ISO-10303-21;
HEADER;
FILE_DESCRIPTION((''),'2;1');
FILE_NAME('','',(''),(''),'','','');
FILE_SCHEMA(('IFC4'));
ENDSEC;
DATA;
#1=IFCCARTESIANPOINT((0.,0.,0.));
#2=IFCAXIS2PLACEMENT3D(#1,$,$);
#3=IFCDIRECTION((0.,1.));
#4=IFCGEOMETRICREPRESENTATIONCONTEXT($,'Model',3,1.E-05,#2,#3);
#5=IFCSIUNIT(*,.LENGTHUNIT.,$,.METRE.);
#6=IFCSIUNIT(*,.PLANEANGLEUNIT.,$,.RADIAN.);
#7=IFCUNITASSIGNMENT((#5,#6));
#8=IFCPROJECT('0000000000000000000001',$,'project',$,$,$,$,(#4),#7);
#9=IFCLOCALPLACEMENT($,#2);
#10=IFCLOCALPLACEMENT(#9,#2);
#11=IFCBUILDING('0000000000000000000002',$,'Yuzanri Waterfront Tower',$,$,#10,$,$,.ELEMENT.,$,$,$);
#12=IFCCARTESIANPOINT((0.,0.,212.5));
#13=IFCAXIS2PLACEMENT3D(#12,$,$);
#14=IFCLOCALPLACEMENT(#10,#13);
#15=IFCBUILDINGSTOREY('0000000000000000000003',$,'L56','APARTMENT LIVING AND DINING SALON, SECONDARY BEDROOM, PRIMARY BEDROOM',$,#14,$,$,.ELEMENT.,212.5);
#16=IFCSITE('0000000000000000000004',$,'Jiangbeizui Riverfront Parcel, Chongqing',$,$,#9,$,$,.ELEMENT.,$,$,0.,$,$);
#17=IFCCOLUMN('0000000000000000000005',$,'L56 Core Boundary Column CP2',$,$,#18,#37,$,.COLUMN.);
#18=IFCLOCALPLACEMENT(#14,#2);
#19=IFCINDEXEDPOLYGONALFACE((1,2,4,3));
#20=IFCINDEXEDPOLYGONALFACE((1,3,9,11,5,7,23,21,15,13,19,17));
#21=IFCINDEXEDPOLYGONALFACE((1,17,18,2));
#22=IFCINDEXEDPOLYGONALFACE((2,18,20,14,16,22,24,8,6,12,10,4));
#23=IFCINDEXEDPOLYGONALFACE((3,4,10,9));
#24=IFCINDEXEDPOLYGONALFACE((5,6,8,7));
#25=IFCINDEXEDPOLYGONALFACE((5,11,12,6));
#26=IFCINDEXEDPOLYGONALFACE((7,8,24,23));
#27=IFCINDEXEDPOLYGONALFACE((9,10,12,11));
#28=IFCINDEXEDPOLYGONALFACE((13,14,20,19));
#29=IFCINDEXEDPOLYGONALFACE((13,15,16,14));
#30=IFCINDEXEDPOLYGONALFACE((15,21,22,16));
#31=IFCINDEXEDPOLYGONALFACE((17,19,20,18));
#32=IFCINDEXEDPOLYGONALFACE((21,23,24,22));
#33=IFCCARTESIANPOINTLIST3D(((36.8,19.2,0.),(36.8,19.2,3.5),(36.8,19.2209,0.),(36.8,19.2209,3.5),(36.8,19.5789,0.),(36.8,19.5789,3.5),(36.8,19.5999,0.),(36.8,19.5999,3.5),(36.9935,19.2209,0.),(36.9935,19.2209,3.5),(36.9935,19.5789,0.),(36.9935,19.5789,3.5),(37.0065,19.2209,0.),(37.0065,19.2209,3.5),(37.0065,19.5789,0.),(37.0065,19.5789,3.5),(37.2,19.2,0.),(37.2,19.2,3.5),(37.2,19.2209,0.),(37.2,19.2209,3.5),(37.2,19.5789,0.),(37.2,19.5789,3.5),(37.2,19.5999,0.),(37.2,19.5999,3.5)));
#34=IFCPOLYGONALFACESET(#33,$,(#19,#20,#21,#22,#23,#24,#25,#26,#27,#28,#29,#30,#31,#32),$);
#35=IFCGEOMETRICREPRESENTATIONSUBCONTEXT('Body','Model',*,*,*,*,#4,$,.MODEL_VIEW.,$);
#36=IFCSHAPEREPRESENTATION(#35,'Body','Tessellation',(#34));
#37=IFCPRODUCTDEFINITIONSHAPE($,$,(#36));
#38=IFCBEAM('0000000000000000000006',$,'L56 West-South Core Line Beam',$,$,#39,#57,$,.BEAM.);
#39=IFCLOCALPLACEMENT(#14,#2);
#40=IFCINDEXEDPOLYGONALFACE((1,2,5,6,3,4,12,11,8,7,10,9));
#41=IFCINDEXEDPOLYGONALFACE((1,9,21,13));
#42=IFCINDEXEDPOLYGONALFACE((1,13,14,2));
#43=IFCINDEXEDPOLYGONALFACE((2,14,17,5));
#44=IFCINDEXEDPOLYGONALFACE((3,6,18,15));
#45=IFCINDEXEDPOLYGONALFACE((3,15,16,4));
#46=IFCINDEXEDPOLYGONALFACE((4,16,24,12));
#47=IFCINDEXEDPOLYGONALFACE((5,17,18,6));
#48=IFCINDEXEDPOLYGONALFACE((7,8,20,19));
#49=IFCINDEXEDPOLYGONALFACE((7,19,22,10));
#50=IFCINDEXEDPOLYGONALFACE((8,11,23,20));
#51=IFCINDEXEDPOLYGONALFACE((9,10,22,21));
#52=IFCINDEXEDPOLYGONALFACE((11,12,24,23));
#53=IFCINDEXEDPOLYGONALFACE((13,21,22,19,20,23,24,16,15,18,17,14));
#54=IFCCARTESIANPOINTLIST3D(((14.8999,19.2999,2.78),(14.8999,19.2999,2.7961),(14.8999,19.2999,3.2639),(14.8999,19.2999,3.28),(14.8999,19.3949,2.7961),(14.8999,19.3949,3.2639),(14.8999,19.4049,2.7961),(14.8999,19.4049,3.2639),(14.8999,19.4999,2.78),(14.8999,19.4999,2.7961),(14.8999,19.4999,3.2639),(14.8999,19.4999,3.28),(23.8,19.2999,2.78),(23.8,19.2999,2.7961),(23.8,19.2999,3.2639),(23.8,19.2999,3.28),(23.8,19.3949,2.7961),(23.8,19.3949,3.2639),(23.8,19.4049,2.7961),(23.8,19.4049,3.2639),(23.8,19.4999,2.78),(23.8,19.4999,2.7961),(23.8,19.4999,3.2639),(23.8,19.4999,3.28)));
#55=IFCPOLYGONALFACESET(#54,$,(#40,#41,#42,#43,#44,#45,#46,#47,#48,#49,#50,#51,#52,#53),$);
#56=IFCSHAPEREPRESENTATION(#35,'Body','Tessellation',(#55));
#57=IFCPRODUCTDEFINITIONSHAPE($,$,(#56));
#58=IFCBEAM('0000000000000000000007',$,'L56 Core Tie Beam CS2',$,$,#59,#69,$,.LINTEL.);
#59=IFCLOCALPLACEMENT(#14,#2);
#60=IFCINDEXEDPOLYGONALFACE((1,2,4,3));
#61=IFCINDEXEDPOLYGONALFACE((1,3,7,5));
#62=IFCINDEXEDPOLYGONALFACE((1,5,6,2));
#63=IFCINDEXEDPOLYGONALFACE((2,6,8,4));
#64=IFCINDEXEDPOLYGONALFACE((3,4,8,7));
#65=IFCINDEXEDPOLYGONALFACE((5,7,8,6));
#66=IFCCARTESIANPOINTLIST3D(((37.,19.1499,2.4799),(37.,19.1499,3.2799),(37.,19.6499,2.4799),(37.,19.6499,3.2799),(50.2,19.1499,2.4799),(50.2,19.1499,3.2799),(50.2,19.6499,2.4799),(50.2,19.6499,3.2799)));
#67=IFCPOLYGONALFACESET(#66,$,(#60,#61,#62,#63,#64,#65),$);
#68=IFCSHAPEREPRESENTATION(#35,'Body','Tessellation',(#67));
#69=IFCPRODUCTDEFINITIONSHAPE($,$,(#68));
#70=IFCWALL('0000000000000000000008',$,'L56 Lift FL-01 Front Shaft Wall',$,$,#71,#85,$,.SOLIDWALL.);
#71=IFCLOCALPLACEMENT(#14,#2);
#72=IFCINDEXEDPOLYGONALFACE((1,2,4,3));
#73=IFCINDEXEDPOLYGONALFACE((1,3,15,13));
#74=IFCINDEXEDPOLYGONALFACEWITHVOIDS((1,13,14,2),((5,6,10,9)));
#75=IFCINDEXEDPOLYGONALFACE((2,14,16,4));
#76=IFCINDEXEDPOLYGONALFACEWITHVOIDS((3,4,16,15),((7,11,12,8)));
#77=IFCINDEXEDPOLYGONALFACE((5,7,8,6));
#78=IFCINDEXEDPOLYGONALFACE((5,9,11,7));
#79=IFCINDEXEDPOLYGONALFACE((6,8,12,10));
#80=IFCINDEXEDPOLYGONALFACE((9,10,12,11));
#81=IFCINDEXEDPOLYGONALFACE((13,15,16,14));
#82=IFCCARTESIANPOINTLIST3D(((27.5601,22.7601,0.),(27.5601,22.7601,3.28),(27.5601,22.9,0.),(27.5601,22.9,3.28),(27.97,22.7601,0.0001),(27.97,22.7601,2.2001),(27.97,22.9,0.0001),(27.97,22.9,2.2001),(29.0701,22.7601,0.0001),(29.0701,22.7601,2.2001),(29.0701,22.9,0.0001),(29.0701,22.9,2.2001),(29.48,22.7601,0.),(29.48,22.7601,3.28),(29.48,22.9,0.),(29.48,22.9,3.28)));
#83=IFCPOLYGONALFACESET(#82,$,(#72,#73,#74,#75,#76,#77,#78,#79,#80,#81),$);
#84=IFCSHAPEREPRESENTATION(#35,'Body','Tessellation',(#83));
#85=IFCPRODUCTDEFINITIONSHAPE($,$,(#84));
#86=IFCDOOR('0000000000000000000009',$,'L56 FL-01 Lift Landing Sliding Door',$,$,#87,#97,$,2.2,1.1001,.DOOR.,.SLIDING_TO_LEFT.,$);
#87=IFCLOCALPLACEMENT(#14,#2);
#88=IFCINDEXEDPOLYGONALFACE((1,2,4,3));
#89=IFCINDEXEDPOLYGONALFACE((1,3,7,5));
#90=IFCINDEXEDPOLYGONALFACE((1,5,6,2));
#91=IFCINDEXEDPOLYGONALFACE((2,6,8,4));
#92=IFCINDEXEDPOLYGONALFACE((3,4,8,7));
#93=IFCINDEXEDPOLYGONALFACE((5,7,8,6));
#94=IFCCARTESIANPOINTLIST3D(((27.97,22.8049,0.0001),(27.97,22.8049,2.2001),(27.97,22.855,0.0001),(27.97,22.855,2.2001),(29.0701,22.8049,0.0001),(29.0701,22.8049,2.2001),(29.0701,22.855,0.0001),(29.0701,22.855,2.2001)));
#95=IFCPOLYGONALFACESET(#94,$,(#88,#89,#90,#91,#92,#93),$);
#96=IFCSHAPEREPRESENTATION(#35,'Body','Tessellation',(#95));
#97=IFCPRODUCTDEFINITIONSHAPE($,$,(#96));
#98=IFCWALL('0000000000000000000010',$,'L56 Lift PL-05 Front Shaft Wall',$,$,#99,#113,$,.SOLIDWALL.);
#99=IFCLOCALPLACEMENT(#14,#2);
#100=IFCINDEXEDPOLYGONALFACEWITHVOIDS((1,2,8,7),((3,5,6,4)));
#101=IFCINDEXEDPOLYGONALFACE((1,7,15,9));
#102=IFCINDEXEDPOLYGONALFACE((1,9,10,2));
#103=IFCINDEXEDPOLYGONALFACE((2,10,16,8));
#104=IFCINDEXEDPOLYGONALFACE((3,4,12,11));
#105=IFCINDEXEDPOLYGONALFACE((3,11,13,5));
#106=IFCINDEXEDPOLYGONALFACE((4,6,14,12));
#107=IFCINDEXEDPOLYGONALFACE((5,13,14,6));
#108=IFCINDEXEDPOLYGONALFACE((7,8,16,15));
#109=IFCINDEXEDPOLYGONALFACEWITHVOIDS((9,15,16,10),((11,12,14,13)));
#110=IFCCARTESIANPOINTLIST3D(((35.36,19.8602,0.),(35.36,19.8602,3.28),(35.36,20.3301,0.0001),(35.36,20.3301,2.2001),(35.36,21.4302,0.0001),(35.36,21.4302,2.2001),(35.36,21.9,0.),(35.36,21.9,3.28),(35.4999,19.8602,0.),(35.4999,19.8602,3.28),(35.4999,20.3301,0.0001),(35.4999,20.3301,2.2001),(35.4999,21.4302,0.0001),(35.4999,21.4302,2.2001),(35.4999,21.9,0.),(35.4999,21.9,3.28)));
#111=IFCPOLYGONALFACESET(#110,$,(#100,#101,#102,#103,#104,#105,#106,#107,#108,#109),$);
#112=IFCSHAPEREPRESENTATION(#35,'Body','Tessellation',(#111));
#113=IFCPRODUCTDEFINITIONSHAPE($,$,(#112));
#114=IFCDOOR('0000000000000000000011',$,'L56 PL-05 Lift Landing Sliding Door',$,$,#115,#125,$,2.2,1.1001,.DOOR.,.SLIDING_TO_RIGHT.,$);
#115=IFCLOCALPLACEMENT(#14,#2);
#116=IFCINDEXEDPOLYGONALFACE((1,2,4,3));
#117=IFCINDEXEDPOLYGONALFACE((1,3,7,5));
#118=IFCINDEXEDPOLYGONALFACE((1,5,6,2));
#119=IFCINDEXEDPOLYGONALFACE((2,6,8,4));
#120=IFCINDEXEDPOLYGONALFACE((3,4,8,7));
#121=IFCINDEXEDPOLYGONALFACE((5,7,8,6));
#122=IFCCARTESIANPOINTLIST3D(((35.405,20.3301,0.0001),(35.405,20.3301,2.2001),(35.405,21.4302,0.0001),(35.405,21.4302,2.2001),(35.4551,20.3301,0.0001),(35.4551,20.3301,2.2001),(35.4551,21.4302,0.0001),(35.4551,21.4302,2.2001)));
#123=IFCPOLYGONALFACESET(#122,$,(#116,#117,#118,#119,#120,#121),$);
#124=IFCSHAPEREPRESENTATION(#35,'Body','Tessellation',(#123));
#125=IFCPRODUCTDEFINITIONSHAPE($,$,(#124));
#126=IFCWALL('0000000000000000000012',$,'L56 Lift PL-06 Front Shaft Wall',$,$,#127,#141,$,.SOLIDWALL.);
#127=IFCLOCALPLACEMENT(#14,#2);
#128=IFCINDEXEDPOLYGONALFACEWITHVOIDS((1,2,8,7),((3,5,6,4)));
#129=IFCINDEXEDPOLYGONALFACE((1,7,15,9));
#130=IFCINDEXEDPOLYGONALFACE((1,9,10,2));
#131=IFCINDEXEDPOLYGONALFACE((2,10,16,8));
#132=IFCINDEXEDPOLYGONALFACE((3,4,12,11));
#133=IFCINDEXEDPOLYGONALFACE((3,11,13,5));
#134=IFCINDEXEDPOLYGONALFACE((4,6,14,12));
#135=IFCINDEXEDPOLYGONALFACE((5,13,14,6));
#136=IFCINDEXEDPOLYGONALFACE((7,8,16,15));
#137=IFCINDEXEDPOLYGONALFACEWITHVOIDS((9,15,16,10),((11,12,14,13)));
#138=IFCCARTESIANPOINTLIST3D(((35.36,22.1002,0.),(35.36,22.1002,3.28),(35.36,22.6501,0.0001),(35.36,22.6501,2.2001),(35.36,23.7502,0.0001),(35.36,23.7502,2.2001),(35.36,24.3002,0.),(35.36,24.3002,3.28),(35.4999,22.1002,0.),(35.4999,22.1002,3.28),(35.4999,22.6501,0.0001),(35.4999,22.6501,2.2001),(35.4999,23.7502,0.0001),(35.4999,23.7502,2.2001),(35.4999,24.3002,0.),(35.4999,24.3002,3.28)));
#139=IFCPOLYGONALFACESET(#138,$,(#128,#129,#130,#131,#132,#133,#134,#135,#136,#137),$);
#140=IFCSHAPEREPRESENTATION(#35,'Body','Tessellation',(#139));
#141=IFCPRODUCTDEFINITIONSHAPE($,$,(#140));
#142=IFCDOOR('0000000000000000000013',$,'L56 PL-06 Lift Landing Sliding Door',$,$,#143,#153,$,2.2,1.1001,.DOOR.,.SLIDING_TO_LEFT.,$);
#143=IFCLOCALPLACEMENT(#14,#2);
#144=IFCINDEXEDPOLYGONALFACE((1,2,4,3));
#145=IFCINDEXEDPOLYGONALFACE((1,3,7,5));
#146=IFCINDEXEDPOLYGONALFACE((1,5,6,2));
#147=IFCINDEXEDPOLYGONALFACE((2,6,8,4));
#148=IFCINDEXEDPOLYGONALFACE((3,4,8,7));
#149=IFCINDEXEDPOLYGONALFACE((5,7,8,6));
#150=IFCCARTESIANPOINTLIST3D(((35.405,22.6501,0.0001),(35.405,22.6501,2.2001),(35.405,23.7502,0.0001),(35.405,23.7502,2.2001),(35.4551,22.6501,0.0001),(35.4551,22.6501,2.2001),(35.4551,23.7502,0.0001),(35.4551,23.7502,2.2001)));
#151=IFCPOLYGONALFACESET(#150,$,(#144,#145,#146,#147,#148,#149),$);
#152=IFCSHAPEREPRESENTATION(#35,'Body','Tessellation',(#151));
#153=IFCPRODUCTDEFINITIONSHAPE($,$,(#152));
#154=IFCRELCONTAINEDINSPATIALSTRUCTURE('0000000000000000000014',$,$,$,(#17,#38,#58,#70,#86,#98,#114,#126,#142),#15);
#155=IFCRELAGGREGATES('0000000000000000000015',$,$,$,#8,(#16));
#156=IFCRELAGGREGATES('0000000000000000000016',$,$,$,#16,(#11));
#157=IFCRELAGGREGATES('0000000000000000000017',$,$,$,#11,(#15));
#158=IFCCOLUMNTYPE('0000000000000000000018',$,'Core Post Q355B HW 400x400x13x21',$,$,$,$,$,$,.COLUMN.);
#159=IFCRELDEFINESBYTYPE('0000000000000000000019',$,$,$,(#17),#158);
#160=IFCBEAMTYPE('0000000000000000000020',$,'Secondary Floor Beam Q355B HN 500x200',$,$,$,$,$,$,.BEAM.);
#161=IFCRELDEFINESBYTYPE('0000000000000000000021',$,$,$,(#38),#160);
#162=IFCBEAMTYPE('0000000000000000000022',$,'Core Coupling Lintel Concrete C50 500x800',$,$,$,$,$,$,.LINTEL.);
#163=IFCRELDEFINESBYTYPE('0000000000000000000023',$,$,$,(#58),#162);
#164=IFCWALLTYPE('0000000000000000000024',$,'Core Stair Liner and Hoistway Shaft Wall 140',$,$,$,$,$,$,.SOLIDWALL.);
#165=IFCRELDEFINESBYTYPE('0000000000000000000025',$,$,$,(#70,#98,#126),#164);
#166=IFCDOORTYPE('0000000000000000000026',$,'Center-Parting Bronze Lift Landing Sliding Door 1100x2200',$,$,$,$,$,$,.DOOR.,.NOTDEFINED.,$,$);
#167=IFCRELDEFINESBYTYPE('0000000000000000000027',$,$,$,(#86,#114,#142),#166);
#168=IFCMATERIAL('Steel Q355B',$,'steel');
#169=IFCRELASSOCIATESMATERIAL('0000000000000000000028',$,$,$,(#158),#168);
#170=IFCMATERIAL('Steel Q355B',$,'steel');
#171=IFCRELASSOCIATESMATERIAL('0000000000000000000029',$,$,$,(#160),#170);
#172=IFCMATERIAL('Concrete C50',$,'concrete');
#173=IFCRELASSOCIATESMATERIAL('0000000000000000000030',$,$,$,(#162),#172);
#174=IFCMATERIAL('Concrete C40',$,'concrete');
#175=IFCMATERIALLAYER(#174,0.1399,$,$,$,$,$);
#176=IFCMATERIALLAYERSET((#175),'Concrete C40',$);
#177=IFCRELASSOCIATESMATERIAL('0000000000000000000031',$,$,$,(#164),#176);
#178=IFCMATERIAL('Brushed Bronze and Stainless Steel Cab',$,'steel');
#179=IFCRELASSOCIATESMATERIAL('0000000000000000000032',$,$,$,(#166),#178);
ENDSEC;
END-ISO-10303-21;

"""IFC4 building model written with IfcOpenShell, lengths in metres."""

from ifc_helpers import new_model, si_unit, direction, frame, frame_2d, origin, origin_2d, place, context, subcontext, project, spatial, rectangle, i_section, extrude, source, transform, mapped, material, layer, layer_set, material_profile, profile_set, type_object, element, fill, save


model = new_model("IFC4")

# Units and contexts
model_context = context("Model", 3, precision=1e-05, world=origin(), true_north=direction((0.0, 1.0)))
body_context = subcontext(model_context, "Body", "Model", "MODEL_VIEW")
ifc_project = project(units=[si_unit("LENGTHUNIT", "METRE"), si_unit("PLANEANGLEUNIT", "RADIAN")], contexts=[model_context])

# Site, building, storey
site_placement = place(None, origin())
site = spatial("IfcSite", under=ifc_project, at=site_placement, Name="Jiangbeizui Riverfront Parcel, Chongqing", CompositionType="ELEMENT", RefElevation=0.0)
building_placement = place(site_placement, origin())
building = spatial("IfcBuilding", under=site, at=building_placement, Name="Yuzanri Waterfront Tower", CompositionType="ELEMENT")
storey_placement = place(building_placement, frame((0.0, 0.0, 212.5)))
storey = spatial("IfcBuildingStorey", under=building, at=storey_placement, Name="L56", Description="APARTMENT LIVING AND DINING SALON, SECONDARY BEDROOM, PRIMARY BEDROOM", CompositionType="ELEMENT", Elevation=212.5)

# Column
ifc_material_1 = material(Name="Steel Q355B", Category="steel")
ifc_material_profile_1 = material_profile(ifc_material_1, i_section(OverallWidth=0.3999, OverallDepth=0.3999, WebThickness=0.0129, FlangeThickness=0.021, at=origin_2d()), Name="HW 400x400x13x21")
ifc_profile_set_1 = profile_set([ifc_material_profile_1], Name="Steel Q355B")
column_type = type_object("IfcColumnType", Name="Core Post Q355B HW 400x400x13x21", PredefinedType="COLUMN", material=ifc_profile_set_1)
shared_shape_1 = source(origin(), body_context, "Body", "SweptSolid", [
    extrude(i_section(OverallWidth=0.3999, OverallDepth=0.3999, WebThickness=0.0129, FlangeThickness=0.021, at=origin_2d()), origin(), (0.0, 0.0, 1.0), 3.5),
])
column_placement = place(storey_placement, frame((37.0, 19.3999, 0.0), z_axis=(0.0, 0.0, 1.0), x_axis=(1.0, 0.0, 0.0)))
element("IfcColumn", 1, at=column_placement, inside=storey, type_object=column_type, Name="L56 Core Boundary Column CP2", PredefinedType="COLUMN", context=body_context, shape_type="MappedRepresentation", body=[
    mapped(shared_shape_1, transform((0.0, 0.0, 0.0), scale=1.0)),
])

# Beams
ifc_material_2 = material(Name="Steel Q355B", Category="steel")
ifc_material_profile_2 = material_profile(ifc_material_2, i_section(OverallWidth=0.2, OverallDepth=0.5, WebThickness=0.01, FlangeThickness=0.0161, at=origin_2d()), Name="HN 500x200x10x16")
ifc_profile_set_2 = profile_set([ifc_material_profile_2], Name="Steel Q355B")
beam_type_1 = type_object("IfcBeamType", Name="Secondary Floor Beam Q355B HN 500x200", PredefinedType="BEAM", material=ifc_profile_set_2)
shared_shape_2 = source(origin(), body_context, "Body", "SweptSolid", [
    extrude(i_section(OverallWidth=0.2, OverallDepth=0.5, WebThickness=0.01, FlangeThickness=0.0161, at=origin_2d()), origin(), (0.0, 0.0, 1.0), 8.9001),
])
beam_1_placement = place(storey_placement, frame((23.8, 19.3999, 3.03), z_axis=(-1.0, 0.0, 0.0), x_axis=(0.0, -1.0, 0.0)))
element("IfcBeam", 2, at=beam_1_placement, inside=storey, type_object=beam_type_1, Name="L56 West-South Core Line Beam", PredefinedType="BEAM", context=body_context, shape_type="MappedRepresentation", body=[
    mapped(shared_shape_2, transform((0.0, 0.0, 0.0), scale=1.0)),
])
ifc_material_3 = material(Name="Concrete C50", Category="concrete")
ifc_material_profile_3 = material_profile(ifc_material_3, rectangle(XDim=0.5, YDim=0.8, at=origin_2d()), Name="RC 500x800")
ifc_profile_set_3 = profile_set([ifc_material_profile_3], Name="Concrete C50")
beam_type_2 = type_object("IfcBeamType", Name="Core Coupling Lintel Concrete C50 500x800", PredefinedType="LINTEL", material=ifc_profile_set_3)
shared_shape_3 = source(origin(), body_context, "Body", "SweptSolid", [
    extrude(rectangle(XDim=0.5, YDim=0.8, at=origin_2d()), origin(), (0.0, 0.0, 1.0), 13.2),
])
beam_2_placement = place(storey_placement, frame((37.0, 19.3999, 2.8799), z_axis=(1.0, 0.0, 0.0), x_axis=(0.0, 1.0, 0.0)))
element("IfcBeam", 3, at=beam_2_placement, inside=storey, type_object=beam_type_2, Name="L56 Core Tie Beam CS2", PredefinedType="LINTEL", context=body_context, shape_type="MappedRepresentation", body=[
    mapped(shared_shape_3, transform((0.0, 0.0, 0.0), scale=1.0)),
])

# Walls, openings, doors
ifc_material_4 = material(Name="Concrete C40", Category="concrete")
ifc_layer_1 = layer(ifc_material_4, 0.1399)
ifc_layer_set_1 = layer_set([ifc_layer_1], Name="Concrete C40")
wall_type_1 = type_object("IfcWallType", Name="Core Stair Liner and Hoistway Shaft Wall 140", PredefinedType="SOLIDWALL", material=ifc_layer_set_1)
wall_1_placement = place(storey_placement, frame((27.5601, 22.8301, 0.0), z_axis=(0.0, 0.0, 1.0), x_axis=(1.0, 0.0, 0.0)))
wall_1 = element("IfcWall", 4, at=wall_1_placement, inside=storey, type_object=wall_type_1, Name="L56 Lift FL-01 Front Shaft Wall", PredefinedType="SOLIDWALL", context=body_context, shape_type="SweptSolid", body=[
    extrude(rectangle(XDim=1.9199, YDim=0.1399, at=frame_2d((0.96, 0.0))), origin(), (0.0, 0.0, 1.0), 3.28),
])
opening_1_placement = place(wall_1_placement, frame((0.4099, 0.0, 0.0)))
opening_1 = element("IfcOpeningElement", 5, at=opening_1_placement, cuts=wall_1, PredefinedType="OPENING", context=body_context, shape_type="SweptSolid", body=[
    extrude(rectangle(XDim=1.1001, YDim=2.2, at=frame_2d((0.55, 1.1001))), frame((0.0, 0.085, 0.0), z_axis=(0.0, -1.0, 0.0), x_axis=(1.0, 0.0, 0.0)), (0.0, 0.0, 1.0), 0.1697),
])
ifc_material_5 = material(Name="Brushed Bronze and Stainless Steel Cab", Category="steel")
door_type_1 = type_object("IfcDoorType", Name="Center-Parting Bronze Lift Landing Sliding Door 1100x2200", OperationType="NOTDEFINED", PredefinedType="DOOR", material=ifc_material_5)
shared_shape_4 = source(origin(), body_context, "Body", "SweptSolid", [
    extrude(rectangle(XDim=1.1001, YDim=2.2, at=frame_2d((0.55, 1.1001))), frame((0.0, 0.0249, 0.0), z_axis=(0.0, -1.0, 0.0), x_axis=(1.0, 0.0, 0.0)), (0.0, 0.0, 1.0), 0.05),
])
door_1_placement = place(opening_1_placement, origin())
door_1 = element("IfcDoor", 6, at=door_1_placement, inside=storey, type_object=door_type_1, Name="L56 FL-01 Lift Landing Sliding Door", OperationType="SLIDING_TO_LEFT", OverallHeight=2.2, OverallWidth=1.1001, PredefinedType="DOOR", context=body_context, shape_type="MappedRepresentation", body=[
    mapped(shared_shape_4, transform((0.0, 0.0, 0.0), scale=1.0)),
])
fill(opening_1, door_1)
wall_2_placement = place(storey_placement, frame((35.4299, 19.8601, 0.0), z_axis=(0.0, 0.0, 1.0), x_axis=(0.0, 1.0, 0.0)))
wall_2 = element("IfcWall", 7, at=wall_2_placement, inside=storey, type_object=wall_type_1, Name="L56 Lift PL-05 Front Shaft Wall", PredefinedType="SOLIDWALL", context=body_context, shape_type="SweptSolid", body=[
    extrude(rectangle(XDim=2.0398, YDim=0.1399, at=frame_2d((1.02, 0.0))), origin(), (0.0, 0.0, 1.0), 3.28),
])
opening_2_placement = place(wall_2_placement, frame((0.47, 0.0, 0.0)))
opening_2 = element("IfcOpeningElement", 8, at=opening_2_placement, cuts=wall_2, PredefinedType="OPENING", context=body_context, shape_type="SweptSolid", body=[
    extrude(rectangle(XDim=1.1001, YDim=2.2, at=frame_2d((0.55, 1.1001))), frame((0.0, 0.085, 0.0), z_axis=(0.0, -1.0, 0.0), x_axis=(1.0, 0.0, 0.0)), (0.0, 0.0, 1.0), 0.1697),
])
door_2_placement = place(opening_2_placement, origin())
door_2 = element("IfcDoor", 9, at=door_2_placement, inside=storey, type_object=door_type_1, Name="L56 PL-05 Lift Landing Sliding Door", OperationType="SLIDING_TO_RIGHT", OverallHeight=2.2, OverallWidth=1.1001, PredefinedType="DOOR", context=body_context, shape_type="MappedRepresentation", body=[
    mapped(shared_shape_4, transform((0.0, 0.0, 0.0), scale=1.0)),
])
fill(opening_2, door_2)
wall_3_placement = place(storey_placement, frame((35.4299, 22.1001, 0.0), z_axis=(0.0, 0.0, 1.0), x_axis=(0.0, 1.0, 0.0)))
wall_3 = element("IfcWall", 10, at=wall_3_placement, inside=storey, type_object=wall_type_1, Name="L56 Lift PL-06 Front Shaft Wall", PredefinedType="SOLIDWALL", context=body_context, shape_type="SweptSolid", body=[
    extrude(rectangle(XDim=2.2, YDim=0.1399, at=frame_2d((1.1001, 0.0))), origin(), (0.0, 0.0, 1.0), 3.28),
])
opening_3_placement = place(wall_3_placement, frame((0.55, 0.0, 0.0)))
opening_3 = element("IfcOpeningElement", 11, at=opening_3_placement, cuts=wall_3, PredefinedType="OPENING", context=body_context, shape_type="SweptSolid", body=[
    extrude(rectangle(XDim=1.1001, YDim=2.2, at=frame_2d((0.55, 1.1001))), frame((0.0, 0.085, 0.0), z_axis=(0.0, -1.0, 0.0), x_axis=(1.0, 0.0, 0.0)), (0.0, 0.0, 1.0), 0.1697),
])
door_3_placement = place(opening_3_placement, origin())
door_3 = element("IfcDoor", 12, at=door_3_placement, inside=storey, type_object=door_type_1, Name="L56 PL-06 Lift Landing Sliding Door", OperationType="SLIDING_TO_LEFT", OverallHeight=2.2, OverallWidth=1.1001, PredefinedType="DOOR", context=body_context, shape_type="MappedRepresentation", body=[
    mapped(shared_shape_4, transform((0.0, 0.0, 0.0), scale=1.0)),
])
fill(opening_3, door_3)

save(model, "model.ifc")
